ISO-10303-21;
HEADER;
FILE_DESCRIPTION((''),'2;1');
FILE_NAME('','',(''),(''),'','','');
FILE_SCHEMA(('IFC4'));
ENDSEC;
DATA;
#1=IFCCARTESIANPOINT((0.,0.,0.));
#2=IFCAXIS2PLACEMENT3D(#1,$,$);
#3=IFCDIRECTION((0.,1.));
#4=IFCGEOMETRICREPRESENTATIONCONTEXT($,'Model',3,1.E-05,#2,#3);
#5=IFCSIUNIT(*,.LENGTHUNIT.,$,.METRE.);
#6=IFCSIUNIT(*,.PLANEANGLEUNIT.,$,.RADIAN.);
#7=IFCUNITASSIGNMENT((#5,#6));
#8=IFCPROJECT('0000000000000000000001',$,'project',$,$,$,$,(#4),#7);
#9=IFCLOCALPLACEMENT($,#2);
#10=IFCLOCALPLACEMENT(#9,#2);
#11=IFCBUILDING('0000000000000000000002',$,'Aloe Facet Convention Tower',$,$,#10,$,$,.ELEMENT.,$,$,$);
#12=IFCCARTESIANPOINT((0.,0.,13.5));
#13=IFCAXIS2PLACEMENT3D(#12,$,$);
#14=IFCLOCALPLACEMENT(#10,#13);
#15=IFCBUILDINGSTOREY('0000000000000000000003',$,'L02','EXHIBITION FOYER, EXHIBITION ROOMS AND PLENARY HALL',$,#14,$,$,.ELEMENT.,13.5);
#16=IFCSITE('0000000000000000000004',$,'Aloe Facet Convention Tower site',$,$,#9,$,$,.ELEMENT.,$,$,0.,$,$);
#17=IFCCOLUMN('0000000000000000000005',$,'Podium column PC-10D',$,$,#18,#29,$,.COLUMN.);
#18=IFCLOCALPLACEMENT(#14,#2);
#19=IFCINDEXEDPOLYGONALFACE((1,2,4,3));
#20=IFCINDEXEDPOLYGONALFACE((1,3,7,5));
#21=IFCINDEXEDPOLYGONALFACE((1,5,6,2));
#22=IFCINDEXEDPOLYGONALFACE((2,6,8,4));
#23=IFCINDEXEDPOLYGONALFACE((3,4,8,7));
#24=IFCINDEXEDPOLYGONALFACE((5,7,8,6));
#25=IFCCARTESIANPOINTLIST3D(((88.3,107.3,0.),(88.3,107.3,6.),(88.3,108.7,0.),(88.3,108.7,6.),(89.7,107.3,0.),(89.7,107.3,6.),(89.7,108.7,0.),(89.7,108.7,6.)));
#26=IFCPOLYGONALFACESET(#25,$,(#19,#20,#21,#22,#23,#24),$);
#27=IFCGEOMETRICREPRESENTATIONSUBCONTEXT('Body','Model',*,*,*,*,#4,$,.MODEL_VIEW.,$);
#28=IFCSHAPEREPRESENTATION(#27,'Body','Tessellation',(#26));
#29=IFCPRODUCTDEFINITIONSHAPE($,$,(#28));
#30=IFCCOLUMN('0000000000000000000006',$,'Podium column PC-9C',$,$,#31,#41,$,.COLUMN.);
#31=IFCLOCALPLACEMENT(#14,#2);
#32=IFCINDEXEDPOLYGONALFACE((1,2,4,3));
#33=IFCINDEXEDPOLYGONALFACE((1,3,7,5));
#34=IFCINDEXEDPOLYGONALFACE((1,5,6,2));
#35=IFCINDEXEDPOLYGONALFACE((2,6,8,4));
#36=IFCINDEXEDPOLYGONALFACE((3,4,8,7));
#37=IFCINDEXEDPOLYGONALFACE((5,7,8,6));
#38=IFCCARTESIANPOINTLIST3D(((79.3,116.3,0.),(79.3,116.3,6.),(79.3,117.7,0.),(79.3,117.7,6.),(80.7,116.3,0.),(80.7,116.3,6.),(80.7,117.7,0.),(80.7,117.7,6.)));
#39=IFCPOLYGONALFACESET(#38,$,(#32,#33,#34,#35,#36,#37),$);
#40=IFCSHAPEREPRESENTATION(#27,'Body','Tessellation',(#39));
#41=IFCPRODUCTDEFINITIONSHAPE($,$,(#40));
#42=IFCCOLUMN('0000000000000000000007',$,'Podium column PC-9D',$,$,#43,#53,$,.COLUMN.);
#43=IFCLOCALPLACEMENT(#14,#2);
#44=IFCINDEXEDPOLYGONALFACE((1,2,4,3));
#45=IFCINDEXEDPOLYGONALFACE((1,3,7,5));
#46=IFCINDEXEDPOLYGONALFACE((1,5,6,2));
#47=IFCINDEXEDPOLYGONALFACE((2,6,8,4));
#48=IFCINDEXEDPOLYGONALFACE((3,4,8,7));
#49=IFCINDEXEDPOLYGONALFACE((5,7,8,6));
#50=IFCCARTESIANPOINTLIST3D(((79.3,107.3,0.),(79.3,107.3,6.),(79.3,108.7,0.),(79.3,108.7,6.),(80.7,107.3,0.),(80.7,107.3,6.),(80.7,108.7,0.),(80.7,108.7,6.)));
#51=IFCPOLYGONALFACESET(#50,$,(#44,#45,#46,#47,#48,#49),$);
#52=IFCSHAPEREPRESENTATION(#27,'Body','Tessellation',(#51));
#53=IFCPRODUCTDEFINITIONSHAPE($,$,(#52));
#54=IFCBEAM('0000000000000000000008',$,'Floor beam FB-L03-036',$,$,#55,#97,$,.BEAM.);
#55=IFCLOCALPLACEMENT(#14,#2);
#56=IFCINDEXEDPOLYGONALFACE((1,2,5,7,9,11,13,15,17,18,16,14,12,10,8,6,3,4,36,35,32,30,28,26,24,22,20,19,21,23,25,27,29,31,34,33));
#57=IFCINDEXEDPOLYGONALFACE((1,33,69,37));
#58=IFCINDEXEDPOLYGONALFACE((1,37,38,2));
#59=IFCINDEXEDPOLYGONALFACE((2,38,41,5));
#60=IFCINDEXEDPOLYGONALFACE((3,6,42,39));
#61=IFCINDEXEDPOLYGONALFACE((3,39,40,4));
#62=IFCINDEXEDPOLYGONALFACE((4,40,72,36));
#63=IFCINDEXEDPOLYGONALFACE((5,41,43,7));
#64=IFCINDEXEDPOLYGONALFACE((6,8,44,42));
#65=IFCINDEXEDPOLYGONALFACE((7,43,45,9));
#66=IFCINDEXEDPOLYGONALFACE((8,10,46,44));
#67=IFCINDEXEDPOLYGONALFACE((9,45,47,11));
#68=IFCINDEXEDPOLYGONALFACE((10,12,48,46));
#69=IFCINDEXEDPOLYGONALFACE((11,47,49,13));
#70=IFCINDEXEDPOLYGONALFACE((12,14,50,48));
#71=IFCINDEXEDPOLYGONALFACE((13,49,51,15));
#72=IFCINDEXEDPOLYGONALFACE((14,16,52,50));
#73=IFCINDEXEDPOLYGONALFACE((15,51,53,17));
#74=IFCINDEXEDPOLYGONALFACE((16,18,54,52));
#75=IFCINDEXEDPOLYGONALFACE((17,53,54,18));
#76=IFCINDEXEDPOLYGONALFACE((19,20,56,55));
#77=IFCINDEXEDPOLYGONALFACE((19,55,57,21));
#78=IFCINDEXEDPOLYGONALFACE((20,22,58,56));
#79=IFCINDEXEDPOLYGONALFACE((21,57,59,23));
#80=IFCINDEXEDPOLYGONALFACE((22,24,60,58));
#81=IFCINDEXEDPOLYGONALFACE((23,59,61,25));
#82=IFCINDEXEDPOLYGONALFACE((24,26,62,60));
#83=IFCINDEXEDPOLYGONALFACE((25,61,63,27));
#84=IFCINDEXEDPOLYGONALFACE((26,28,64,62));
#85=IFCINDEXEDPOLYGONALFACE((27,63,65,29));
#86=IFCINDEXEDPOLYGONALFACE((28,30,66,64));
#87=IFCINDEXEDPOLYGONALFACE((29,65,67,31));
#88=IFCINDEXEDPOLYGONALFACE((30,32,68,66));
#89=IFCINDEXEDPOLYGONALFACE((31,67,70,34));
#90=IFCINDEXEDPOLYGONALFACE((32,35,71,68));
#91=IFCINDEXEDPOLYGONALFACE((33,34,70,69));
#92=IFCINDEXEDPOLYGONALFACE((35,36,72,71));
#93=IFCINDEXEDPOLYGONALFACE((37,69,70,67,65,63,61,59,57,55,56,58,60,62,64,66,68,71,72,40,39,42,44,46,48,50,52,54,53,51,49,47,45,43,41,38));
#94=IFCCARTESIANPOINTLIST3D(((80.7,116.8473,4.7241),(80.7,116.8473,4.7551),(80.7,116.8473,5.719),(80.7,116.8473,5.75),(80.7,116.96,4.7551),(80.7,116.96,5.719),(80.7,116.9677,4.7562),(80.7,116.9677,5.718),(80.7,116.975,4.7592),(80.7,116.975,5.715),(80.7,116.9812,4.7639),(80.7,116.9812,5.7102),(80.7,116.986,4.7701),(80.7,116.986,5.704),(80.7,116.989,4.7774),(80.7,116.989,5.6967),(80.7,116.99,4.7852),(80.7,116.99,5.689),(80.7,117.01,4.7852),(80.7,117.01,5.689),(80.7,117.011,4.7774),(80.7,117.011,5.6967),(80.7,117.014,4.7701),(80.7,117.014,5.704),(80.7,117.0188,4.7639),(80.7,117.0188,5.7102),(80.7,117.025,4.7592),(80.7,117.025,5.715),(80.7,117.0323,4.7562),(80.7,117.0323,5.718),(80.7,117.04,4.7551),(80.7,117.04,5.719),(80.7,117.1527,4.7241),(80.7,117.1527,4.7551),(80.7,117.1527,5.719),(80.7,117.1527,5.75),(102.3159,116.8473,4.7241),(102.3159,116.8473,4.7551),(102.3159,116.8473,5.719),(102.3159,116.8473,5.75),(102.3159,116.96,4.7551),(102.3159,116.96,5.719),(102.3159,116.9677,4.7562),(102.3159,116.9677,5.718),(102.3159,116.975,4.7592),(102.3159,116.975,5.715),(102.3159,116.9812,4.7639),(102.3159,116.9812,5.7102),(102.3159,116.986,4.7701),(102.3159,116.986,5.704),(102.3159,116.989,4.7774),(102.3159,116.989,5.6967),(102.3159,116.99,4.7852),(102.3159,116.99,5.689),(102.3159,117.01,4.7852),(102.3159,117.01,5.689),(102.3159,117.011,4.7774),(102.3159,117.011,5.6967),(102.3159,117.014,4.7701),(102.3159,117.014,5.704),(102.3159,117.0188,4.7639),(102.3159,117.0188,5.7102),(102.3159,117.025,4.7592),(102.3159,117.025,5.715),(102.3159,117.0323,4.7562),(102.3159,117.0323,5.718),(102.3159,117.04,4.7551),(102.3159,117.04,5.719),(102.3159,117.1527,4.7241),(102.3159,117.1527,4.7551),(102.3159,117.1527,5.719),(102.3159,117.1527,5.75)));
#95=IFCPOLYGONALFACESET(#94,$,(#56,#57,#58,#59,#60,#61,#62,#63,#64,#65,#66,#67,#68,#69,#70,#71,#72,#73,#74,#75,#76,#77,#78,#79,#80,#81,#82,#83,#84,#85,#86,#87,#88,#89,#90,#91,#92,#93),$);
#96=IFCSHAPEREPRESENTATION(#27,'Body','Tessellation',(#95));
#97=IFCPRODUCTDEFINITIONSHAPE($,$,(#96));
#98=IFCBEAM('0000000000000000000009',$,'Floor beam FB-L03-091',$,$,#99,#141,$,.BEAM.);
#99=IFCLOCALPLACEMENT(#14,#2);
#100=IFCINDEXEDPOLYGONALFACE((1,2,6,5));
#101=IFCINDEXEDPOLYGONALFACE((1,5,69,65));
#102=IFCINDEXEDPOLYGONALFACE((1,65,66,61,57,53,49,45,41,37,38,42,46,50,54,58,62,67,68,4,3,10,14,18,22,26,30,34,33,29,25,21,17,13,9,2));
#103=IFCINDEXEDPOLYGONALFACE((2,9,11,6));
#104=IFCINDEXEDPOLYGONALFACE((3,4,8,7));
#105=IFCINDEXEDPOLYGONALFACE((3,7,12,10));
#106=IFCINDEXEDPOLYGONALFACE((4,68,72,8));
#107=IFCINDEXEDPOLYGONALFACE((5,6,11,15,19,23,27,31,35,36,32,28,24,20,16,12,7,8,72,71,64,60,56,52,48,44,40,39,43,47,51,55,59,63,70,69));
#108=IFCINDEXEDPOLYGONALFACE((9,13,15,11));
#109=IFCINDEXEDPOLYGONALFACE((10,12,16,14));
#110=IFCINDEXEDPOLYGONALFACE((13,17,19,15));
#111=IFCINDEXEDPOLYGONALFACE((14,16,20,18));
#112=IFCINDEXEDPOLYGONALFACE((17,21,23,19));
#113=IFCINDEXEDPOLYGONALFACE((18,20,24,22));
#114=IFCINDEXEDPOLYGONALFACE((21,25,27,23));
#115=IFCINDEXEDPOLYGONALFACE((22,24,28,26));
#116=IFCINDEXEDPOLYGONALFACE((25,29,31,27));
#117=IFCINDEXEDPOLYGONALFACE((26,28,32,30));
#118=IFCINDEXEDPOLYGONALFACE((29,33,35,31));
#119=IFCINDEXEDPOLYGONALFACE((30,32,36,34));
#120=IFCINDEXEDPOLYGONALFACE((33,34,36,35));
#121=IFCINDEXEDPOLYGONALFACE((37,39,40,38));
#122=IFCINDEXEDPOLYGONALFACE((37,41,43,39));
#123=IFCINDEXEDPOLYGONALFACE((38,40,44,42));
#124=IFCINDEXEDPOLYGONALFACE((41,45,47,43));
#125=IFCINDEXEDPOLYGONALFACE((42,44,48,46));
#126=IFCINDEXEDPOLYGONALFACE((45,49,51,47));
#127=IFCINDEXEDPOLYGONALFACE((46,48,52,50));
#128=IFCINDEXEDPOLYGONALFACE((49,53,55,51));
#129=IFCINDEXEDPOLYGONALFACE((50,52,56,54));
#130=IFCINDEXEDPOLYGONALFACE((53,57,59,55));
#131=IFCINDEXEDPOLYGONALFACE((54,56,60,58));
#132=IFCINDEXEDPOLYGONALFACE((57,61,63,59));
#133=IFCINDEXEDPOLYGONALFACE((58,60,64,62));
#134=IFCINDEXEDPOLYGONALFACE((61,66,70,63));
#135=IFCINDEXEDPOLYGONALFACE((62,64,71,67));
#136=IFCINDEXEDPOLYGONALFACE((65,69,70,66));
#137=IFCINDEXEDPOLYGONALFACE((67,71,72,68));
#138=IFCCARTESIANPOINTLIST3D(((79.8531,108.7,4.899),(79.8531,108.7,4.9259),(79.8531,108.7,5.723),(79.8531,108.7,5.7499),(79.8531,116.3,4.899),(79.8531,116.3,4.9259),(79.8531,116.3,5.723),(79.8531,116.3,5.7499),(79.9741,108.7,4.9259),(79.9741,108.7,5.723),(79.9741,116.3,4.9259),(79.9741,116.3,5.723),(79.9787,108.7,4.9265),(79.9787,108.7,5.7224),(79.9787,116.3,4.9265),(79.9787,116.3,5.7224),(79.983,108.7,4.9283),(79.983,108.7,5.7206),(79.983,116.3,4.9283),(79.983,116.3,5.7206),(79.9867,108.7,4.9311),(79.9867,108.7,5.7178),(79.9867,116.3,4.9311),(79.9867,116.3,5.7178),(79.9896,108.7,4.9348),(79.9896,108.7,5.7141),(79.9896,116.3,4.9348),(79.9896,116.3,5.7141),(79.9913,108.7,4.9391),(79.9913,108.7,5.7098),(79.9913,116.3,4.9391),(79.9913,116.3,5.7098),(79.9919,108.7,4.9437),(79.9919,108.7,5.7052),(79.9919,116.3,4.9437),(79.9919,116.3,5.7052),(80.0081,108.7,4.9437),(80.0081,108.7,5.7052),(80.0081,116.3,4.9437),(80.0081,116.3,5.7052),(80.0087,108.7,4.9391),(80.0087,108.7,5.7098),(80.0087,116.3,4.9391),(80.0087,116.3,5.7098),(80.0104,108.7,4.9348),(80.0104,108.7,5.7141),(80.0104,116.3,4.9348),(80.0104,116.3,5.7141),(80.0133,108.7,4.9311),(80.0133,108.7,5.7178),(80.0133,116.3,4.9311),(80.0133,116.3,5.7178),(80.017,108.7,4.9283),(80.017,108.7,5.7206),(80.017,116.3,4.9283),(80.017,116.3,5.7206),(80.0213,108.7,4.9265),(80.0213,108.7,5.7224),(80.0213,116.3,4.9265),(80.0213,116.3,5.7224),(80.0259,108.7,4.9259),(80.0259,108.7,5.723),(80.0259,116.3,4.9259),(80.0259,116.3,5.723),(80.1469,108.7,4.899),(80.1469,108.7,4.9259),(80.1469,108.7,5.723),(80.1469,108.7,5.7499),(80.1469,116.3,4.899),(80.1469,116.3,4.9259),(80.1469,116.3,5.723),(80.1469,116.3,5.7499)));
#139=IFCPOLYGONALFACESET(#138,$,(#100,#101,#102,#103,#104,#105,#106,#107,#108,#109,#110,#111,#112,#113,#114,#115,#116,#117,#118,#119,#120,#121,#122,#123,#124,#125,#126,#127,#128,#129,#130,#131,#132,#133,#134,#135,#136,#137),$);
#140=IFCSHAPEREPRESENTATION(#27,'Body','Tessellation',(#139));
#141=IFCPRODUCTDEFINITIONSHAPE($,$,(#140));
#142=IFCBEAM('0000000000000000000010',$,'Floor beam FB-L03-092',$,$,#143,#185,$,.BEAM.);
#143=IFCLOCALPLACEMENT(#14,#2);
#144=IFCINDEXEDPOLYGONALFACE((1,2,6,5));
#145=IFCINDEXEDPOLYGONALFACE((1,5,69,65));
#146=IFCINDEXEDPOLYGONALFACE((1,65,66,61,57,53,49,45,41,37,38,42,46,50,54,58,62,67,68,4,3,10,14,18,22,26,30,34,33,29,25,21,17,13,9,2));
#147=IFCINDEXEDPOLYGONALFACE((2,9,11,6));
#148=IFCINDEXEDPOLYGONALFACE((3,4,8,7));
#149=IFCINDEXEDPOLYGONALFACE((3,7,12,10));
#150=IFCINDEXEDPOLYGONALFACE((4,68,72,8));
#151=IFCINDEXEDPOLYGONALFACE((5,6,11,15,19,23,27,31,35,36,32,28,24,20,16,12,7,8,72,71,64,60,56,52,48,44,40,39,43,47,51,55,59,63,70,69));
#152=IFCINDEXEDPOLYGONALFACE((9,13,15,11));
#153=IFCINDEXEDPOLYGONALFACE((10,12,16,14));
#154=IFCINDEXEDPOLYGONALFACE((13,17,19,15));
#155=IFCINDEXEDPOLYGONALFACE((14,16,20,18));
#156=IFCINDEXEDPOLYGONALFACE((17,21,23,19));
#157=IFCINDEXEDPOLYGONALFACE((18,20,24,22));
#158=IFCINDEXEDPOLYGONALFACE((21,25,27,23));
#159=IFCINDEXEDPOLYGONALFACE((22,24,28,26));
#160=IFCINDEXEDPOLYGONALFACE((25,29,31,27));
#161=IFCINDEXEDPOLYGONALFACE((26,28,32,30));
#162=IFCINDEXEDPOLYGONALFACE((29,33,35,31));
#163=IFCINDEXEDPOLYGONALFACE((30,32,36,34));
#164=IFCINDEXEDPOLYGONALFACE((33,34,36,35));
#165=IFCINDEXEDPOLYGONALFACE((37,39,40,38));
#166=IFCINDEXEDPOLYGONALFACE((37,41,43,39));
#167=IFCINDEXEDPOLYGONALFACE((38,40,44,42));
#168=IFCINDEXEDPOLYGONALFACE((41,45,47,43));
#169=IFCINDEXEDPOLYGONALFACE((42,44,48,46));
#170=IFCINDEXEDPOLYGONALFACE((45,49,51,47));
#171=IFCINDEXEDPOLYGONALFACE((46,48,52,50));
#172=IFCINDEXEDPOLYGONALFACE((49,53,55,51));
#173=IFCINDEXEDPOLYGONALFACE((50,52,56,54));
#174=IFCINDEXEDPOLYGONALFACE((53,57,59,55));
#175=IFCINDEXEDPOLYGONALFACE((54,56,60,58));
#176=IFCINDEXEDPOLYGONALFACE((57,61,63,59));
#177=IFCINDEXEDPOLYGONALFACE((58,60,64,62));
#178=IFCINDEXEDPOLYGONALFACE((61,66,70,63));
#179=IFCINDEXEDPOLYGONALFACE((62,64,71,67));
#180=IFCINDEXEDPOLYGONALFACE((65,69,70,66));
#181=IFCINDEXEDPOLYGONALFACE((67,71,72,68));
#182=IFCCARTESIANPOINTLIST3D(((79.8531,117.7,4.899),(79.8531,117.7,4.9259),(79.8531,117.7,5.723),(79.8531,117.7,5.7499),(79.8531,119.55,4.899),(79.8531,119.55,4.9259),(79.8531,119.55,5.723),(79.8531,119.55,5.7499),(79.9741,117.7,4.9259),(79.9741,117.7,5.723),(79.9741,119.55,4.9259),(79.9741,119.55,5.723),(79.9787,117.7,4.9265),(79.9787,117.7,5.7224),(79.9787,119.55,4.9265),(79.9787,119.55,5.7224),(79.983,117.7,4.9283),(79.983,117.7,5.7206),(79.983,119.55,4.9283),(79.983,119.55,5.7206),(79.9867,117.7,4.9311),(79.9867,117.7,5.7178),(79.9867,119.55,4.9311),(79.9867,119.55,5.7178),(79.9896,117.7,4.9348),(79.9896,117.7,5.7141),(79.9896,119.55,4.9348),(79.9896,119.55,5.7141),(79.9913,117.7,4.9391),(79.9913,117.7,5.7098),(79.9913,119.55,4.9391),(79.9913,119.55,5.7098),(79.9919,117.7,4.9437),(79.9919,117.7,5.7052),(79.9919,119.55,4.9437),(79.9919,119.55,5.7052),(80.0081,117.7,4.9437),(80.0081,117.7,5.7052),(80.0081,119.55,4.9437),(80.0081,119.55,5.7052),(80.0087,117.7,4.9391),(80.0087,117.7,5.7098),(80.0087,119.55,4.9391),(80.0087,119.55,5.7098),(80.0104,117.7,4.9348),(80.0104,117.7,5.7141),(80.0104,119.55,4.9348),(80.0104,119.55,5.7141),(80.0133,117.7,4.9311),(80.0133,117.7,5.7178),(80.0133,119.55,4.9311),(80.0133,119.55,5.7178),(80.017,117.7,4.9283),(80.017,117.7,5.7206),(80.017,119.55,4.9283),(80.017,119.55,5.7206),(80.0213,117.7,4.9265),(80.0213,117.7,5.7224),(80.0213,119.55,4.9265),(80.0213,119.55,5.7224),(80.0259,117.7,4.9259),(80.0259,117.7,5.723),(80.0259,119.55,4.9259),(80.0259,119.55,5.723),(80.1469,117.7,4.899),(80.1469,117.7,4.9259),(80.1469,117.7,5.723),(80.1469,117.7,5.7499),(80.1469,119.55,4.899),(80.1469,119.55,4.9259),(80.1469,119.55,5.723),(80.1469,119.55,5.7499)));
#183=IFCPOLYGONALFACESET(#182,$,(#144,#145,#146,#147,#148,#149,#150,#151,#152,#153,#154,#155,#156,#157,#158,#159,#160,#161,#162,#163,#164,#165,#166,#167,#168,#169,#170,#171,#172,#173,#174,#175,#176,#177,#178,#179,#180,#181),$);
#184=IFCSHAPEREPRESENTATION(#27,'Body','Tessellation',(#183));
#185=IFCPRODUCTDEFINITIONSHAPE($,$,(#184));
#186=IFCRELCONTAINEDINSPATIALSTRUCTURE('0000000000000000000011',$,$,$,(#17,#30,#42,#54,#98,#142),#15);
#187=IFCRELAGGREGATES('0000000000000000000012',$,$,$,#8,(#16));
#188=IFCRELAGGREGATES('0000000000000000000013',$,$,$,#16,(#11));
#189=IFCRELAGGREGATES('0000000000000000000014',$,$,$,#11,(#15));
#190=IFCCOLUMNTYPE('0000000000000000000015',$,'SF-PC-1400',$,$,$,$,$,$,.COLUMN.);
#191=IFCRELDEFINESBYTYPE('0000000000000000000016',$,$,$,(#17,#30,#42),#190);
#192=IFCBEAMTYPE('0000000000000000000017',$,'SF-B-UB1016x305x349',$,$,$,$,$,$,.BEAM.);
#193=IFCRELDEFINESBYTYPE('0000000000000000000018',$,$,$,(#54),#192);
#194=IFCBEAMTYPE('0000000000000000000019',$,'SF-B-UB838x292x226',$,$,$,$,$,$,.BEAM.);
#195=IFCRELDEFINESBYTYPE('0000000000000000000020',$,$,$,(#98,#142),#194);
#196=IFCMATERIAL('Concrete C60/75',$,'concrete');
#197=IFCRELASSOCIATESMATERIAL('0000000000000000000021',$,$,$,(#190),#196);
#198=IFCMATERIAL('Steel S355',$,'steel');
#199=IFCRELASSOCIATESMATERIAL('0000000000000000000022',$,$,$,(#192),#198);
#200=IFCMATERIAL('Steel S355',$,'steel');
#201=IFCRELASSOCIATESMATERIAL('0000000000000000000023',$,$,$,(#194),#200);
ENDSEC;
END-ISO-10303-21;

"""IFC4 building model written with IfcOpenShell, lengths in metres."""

from ifc_helpers import new_model, si_unit, direction, frame, origin, origin_2d, place, context, subcontext, project, spatial, rectangle, i_section, extrude, material, material_profile, profile_set, type_object, element, save


model = new_model("IFC4")

# Units and contexts
model_context = context("Model", 3, precision=1e-05, world=origin(), true_north=direction((0.0, 1.0)))
body_context = subcontext(model_context, "Body", "Model", "MODEL_VIEW")
ifc_project = project(units=[si_unit("LENGTHUNIT", "METRE"), si_unit("PLANEANGLEUNIT", "RADIAN")], contexts=[model_context])

# Site, building, storey
site_placement = place(None, origin())
site = spatial("IfcSite", under=ifc_project, at=site_placement, Name="Aloe Facet Convention Tower site", CompositionType="ELEMENT", RefElevation=0.0)
building_placement = place(site_placement, origin())
building = spatial("IfcBuilding", under=site, at=building_placement, Name="Aloe Facet Convention Tower", CompositionType="ELEMENT")
storey_placement = place(building_placement, frame((0.0, 0.0, 13.5)))
storey = spatial("IfcBuildingStorey", under=building, at=storey_placement, Name="L02", Description="EXHIBITION FOYER, EXHIBITION ROOMS AND PLENARY HALL", CompositionType="ELEMENT", Elevation=13.5)

# Columns
ifc_material_1 = material(Name="Concrete C60/75", Category="concrete")
ifc_material_profile_1 = material_profile(ifc_material_1, rectangle(XDim=1.3999, YDim=1.3999, at=origin_2d()), Name="SF-PC-1400")
ifc_profile_set_1 = profile_set([ifc_material_profile_1], Name="Concrete C60/75")
column_type = type_object("IfcColumnType", Name="SF-PC-1400", PredefinedType="COLUMN", material=ifc_profile_set_1)
for number, where, z_axis, x_axis, name in (
    (1, (89.0, 108.0, 0.0), (0.0, 0.0, 1.0), (1.0, 0.0, 0.0), "Podium column PC-10D"),
    (2, (80.0, 117.0, 0.0), (0.0, 0.0, 1.0), (1.0, 0.0, 0.0), "Podium column PC-9C"),
    (3, (80.0, 108.0, 0.0), (0.0, 0.0, 1.0), (1.0, 0.0, 0.0), "Podium column PC-9D"),
):
    element("IfcColumn", number, at=place(storey_placement, frame(where, z_axis=z_axis, x_axis=x_axis)), inside=storey, type_object=column_type, Name=name, PredefinedType="COLUMN", context=body_context, shape_type="SweptSolid", body=[
        extrude(rectangle(XDim=1.3999, YDim=1.3999, at=origin_2d()), origin(), (0.0, 0.0, 1.0), 6.0),
    ])

# Beams
ifc_material_2 = material(Name="Steel S355", Category="steel")
ifc_material_profile_2 = material_profile(ifc_material_2, i_section(OverallWidth=0.3054, OverallDepth=1.0259, WebThickness=0.02, FlangeThickness=0.031, FilletRadius=0.03, at=origin_2d()), Name="UB 1016x305x349")
ifc_profile_set_2 = profile_set([ifc_material_profile_2], Name="Steel S355")
beam_type_1 = type_object("IfcBeamType", Name="SF-B-UB1016x305x349", PredefinedType="BEAM", material=ifc_profile_set_2)
beam_1_placement = place(storey_placement, frame((80.7, 117.0, 5.2371), z_axis=(1.0, 0.0, 0.0), x_axis=(0.0, 1.0, 0.0)))
element("IfcBeam", 4, at=beam_1_placement, inside=storey, type_object=beam_type_1, Name="Floor beam FB-L03-036", PredefinedType="BEAM", context=body_context, shape_type="SweptSolid", body=[
    extrude(i_section(OverallWidth=0.3054, OverallDepth=1.0259, WebThickness=0.02, FlangeThickness=0.031, FilletRadius=0.03, at=origin_2d()), origin(), (0.0, 0.0, 1.0), 21.616),
])
ifc_material_3 = material(Name="Steel S355", Category="steel")
ifc_material_profile_3 = material_profile(ifc_material_3, i_section(OverallWidth=0.2937, OverallDepth=0.8508, WebThickness=0.0161, FlangeThickness=0.0269, FilletRadius=0.0178, at=origin_2d()), Name="UB 838x292x226")
ifc_profile_set_3 = profile_set([ifc_material_profile_3], Name="Steel S355")
beam_type_2 = type_object("IfcBeamType", Name="SF-B-UB838x292x226", PredefinedType="BEAM", material=ifc_profile_set_3)
beam_2_placement = place(storey_placement, frame((80.0, 108.7, 5.3245), z_axis=(0.0, 1.0, 0.0), x_axis=(-1.0, 0.0, 0.0)))
element("IfcBeam", 5, at=beam_2_placement, inside=storey, type_object=beam_type_2, Name="Floor beam FB-L03-091", PredefinedType="BEAM", context=body_context, shape_type="SweptSolid", body=[
    extrude(i_section(OverallWidth=0.2937, OverallDepth=0.8508, WebThickness=0.0161, FlangeThickness=0.0269, FilletRadius=0.0178, at=origin_2d()), origin(), (0.0, 0.0, 1.0), 7.6001),
])
beam_3_placement = place(storey_placement, frame((80.0, 117.7, 5.3245), z_axis=(0.0, 1.0, 0.0), x_axis=(-1.0, 0.0, 0.0)))
element("IfcBeam", 6, at=beam_3_placement, inside=storey, type_object=beam_type_2, Name="Floor beam FB-L03-092", PredefinedType="BEAM", context=body_context, shape_type="SweptSolid", body=[
    extrude(i_section(OverallWidth=0.2937, OverallDepth=0.8508, WebThickness=0.0161, FlangeThickness=0.0269, FilletRadius=0.0178, at=origin_2d()), origin(), (0.0, 0.0, 1.0), 1.8501),
])

save(model, "model.ifc")
